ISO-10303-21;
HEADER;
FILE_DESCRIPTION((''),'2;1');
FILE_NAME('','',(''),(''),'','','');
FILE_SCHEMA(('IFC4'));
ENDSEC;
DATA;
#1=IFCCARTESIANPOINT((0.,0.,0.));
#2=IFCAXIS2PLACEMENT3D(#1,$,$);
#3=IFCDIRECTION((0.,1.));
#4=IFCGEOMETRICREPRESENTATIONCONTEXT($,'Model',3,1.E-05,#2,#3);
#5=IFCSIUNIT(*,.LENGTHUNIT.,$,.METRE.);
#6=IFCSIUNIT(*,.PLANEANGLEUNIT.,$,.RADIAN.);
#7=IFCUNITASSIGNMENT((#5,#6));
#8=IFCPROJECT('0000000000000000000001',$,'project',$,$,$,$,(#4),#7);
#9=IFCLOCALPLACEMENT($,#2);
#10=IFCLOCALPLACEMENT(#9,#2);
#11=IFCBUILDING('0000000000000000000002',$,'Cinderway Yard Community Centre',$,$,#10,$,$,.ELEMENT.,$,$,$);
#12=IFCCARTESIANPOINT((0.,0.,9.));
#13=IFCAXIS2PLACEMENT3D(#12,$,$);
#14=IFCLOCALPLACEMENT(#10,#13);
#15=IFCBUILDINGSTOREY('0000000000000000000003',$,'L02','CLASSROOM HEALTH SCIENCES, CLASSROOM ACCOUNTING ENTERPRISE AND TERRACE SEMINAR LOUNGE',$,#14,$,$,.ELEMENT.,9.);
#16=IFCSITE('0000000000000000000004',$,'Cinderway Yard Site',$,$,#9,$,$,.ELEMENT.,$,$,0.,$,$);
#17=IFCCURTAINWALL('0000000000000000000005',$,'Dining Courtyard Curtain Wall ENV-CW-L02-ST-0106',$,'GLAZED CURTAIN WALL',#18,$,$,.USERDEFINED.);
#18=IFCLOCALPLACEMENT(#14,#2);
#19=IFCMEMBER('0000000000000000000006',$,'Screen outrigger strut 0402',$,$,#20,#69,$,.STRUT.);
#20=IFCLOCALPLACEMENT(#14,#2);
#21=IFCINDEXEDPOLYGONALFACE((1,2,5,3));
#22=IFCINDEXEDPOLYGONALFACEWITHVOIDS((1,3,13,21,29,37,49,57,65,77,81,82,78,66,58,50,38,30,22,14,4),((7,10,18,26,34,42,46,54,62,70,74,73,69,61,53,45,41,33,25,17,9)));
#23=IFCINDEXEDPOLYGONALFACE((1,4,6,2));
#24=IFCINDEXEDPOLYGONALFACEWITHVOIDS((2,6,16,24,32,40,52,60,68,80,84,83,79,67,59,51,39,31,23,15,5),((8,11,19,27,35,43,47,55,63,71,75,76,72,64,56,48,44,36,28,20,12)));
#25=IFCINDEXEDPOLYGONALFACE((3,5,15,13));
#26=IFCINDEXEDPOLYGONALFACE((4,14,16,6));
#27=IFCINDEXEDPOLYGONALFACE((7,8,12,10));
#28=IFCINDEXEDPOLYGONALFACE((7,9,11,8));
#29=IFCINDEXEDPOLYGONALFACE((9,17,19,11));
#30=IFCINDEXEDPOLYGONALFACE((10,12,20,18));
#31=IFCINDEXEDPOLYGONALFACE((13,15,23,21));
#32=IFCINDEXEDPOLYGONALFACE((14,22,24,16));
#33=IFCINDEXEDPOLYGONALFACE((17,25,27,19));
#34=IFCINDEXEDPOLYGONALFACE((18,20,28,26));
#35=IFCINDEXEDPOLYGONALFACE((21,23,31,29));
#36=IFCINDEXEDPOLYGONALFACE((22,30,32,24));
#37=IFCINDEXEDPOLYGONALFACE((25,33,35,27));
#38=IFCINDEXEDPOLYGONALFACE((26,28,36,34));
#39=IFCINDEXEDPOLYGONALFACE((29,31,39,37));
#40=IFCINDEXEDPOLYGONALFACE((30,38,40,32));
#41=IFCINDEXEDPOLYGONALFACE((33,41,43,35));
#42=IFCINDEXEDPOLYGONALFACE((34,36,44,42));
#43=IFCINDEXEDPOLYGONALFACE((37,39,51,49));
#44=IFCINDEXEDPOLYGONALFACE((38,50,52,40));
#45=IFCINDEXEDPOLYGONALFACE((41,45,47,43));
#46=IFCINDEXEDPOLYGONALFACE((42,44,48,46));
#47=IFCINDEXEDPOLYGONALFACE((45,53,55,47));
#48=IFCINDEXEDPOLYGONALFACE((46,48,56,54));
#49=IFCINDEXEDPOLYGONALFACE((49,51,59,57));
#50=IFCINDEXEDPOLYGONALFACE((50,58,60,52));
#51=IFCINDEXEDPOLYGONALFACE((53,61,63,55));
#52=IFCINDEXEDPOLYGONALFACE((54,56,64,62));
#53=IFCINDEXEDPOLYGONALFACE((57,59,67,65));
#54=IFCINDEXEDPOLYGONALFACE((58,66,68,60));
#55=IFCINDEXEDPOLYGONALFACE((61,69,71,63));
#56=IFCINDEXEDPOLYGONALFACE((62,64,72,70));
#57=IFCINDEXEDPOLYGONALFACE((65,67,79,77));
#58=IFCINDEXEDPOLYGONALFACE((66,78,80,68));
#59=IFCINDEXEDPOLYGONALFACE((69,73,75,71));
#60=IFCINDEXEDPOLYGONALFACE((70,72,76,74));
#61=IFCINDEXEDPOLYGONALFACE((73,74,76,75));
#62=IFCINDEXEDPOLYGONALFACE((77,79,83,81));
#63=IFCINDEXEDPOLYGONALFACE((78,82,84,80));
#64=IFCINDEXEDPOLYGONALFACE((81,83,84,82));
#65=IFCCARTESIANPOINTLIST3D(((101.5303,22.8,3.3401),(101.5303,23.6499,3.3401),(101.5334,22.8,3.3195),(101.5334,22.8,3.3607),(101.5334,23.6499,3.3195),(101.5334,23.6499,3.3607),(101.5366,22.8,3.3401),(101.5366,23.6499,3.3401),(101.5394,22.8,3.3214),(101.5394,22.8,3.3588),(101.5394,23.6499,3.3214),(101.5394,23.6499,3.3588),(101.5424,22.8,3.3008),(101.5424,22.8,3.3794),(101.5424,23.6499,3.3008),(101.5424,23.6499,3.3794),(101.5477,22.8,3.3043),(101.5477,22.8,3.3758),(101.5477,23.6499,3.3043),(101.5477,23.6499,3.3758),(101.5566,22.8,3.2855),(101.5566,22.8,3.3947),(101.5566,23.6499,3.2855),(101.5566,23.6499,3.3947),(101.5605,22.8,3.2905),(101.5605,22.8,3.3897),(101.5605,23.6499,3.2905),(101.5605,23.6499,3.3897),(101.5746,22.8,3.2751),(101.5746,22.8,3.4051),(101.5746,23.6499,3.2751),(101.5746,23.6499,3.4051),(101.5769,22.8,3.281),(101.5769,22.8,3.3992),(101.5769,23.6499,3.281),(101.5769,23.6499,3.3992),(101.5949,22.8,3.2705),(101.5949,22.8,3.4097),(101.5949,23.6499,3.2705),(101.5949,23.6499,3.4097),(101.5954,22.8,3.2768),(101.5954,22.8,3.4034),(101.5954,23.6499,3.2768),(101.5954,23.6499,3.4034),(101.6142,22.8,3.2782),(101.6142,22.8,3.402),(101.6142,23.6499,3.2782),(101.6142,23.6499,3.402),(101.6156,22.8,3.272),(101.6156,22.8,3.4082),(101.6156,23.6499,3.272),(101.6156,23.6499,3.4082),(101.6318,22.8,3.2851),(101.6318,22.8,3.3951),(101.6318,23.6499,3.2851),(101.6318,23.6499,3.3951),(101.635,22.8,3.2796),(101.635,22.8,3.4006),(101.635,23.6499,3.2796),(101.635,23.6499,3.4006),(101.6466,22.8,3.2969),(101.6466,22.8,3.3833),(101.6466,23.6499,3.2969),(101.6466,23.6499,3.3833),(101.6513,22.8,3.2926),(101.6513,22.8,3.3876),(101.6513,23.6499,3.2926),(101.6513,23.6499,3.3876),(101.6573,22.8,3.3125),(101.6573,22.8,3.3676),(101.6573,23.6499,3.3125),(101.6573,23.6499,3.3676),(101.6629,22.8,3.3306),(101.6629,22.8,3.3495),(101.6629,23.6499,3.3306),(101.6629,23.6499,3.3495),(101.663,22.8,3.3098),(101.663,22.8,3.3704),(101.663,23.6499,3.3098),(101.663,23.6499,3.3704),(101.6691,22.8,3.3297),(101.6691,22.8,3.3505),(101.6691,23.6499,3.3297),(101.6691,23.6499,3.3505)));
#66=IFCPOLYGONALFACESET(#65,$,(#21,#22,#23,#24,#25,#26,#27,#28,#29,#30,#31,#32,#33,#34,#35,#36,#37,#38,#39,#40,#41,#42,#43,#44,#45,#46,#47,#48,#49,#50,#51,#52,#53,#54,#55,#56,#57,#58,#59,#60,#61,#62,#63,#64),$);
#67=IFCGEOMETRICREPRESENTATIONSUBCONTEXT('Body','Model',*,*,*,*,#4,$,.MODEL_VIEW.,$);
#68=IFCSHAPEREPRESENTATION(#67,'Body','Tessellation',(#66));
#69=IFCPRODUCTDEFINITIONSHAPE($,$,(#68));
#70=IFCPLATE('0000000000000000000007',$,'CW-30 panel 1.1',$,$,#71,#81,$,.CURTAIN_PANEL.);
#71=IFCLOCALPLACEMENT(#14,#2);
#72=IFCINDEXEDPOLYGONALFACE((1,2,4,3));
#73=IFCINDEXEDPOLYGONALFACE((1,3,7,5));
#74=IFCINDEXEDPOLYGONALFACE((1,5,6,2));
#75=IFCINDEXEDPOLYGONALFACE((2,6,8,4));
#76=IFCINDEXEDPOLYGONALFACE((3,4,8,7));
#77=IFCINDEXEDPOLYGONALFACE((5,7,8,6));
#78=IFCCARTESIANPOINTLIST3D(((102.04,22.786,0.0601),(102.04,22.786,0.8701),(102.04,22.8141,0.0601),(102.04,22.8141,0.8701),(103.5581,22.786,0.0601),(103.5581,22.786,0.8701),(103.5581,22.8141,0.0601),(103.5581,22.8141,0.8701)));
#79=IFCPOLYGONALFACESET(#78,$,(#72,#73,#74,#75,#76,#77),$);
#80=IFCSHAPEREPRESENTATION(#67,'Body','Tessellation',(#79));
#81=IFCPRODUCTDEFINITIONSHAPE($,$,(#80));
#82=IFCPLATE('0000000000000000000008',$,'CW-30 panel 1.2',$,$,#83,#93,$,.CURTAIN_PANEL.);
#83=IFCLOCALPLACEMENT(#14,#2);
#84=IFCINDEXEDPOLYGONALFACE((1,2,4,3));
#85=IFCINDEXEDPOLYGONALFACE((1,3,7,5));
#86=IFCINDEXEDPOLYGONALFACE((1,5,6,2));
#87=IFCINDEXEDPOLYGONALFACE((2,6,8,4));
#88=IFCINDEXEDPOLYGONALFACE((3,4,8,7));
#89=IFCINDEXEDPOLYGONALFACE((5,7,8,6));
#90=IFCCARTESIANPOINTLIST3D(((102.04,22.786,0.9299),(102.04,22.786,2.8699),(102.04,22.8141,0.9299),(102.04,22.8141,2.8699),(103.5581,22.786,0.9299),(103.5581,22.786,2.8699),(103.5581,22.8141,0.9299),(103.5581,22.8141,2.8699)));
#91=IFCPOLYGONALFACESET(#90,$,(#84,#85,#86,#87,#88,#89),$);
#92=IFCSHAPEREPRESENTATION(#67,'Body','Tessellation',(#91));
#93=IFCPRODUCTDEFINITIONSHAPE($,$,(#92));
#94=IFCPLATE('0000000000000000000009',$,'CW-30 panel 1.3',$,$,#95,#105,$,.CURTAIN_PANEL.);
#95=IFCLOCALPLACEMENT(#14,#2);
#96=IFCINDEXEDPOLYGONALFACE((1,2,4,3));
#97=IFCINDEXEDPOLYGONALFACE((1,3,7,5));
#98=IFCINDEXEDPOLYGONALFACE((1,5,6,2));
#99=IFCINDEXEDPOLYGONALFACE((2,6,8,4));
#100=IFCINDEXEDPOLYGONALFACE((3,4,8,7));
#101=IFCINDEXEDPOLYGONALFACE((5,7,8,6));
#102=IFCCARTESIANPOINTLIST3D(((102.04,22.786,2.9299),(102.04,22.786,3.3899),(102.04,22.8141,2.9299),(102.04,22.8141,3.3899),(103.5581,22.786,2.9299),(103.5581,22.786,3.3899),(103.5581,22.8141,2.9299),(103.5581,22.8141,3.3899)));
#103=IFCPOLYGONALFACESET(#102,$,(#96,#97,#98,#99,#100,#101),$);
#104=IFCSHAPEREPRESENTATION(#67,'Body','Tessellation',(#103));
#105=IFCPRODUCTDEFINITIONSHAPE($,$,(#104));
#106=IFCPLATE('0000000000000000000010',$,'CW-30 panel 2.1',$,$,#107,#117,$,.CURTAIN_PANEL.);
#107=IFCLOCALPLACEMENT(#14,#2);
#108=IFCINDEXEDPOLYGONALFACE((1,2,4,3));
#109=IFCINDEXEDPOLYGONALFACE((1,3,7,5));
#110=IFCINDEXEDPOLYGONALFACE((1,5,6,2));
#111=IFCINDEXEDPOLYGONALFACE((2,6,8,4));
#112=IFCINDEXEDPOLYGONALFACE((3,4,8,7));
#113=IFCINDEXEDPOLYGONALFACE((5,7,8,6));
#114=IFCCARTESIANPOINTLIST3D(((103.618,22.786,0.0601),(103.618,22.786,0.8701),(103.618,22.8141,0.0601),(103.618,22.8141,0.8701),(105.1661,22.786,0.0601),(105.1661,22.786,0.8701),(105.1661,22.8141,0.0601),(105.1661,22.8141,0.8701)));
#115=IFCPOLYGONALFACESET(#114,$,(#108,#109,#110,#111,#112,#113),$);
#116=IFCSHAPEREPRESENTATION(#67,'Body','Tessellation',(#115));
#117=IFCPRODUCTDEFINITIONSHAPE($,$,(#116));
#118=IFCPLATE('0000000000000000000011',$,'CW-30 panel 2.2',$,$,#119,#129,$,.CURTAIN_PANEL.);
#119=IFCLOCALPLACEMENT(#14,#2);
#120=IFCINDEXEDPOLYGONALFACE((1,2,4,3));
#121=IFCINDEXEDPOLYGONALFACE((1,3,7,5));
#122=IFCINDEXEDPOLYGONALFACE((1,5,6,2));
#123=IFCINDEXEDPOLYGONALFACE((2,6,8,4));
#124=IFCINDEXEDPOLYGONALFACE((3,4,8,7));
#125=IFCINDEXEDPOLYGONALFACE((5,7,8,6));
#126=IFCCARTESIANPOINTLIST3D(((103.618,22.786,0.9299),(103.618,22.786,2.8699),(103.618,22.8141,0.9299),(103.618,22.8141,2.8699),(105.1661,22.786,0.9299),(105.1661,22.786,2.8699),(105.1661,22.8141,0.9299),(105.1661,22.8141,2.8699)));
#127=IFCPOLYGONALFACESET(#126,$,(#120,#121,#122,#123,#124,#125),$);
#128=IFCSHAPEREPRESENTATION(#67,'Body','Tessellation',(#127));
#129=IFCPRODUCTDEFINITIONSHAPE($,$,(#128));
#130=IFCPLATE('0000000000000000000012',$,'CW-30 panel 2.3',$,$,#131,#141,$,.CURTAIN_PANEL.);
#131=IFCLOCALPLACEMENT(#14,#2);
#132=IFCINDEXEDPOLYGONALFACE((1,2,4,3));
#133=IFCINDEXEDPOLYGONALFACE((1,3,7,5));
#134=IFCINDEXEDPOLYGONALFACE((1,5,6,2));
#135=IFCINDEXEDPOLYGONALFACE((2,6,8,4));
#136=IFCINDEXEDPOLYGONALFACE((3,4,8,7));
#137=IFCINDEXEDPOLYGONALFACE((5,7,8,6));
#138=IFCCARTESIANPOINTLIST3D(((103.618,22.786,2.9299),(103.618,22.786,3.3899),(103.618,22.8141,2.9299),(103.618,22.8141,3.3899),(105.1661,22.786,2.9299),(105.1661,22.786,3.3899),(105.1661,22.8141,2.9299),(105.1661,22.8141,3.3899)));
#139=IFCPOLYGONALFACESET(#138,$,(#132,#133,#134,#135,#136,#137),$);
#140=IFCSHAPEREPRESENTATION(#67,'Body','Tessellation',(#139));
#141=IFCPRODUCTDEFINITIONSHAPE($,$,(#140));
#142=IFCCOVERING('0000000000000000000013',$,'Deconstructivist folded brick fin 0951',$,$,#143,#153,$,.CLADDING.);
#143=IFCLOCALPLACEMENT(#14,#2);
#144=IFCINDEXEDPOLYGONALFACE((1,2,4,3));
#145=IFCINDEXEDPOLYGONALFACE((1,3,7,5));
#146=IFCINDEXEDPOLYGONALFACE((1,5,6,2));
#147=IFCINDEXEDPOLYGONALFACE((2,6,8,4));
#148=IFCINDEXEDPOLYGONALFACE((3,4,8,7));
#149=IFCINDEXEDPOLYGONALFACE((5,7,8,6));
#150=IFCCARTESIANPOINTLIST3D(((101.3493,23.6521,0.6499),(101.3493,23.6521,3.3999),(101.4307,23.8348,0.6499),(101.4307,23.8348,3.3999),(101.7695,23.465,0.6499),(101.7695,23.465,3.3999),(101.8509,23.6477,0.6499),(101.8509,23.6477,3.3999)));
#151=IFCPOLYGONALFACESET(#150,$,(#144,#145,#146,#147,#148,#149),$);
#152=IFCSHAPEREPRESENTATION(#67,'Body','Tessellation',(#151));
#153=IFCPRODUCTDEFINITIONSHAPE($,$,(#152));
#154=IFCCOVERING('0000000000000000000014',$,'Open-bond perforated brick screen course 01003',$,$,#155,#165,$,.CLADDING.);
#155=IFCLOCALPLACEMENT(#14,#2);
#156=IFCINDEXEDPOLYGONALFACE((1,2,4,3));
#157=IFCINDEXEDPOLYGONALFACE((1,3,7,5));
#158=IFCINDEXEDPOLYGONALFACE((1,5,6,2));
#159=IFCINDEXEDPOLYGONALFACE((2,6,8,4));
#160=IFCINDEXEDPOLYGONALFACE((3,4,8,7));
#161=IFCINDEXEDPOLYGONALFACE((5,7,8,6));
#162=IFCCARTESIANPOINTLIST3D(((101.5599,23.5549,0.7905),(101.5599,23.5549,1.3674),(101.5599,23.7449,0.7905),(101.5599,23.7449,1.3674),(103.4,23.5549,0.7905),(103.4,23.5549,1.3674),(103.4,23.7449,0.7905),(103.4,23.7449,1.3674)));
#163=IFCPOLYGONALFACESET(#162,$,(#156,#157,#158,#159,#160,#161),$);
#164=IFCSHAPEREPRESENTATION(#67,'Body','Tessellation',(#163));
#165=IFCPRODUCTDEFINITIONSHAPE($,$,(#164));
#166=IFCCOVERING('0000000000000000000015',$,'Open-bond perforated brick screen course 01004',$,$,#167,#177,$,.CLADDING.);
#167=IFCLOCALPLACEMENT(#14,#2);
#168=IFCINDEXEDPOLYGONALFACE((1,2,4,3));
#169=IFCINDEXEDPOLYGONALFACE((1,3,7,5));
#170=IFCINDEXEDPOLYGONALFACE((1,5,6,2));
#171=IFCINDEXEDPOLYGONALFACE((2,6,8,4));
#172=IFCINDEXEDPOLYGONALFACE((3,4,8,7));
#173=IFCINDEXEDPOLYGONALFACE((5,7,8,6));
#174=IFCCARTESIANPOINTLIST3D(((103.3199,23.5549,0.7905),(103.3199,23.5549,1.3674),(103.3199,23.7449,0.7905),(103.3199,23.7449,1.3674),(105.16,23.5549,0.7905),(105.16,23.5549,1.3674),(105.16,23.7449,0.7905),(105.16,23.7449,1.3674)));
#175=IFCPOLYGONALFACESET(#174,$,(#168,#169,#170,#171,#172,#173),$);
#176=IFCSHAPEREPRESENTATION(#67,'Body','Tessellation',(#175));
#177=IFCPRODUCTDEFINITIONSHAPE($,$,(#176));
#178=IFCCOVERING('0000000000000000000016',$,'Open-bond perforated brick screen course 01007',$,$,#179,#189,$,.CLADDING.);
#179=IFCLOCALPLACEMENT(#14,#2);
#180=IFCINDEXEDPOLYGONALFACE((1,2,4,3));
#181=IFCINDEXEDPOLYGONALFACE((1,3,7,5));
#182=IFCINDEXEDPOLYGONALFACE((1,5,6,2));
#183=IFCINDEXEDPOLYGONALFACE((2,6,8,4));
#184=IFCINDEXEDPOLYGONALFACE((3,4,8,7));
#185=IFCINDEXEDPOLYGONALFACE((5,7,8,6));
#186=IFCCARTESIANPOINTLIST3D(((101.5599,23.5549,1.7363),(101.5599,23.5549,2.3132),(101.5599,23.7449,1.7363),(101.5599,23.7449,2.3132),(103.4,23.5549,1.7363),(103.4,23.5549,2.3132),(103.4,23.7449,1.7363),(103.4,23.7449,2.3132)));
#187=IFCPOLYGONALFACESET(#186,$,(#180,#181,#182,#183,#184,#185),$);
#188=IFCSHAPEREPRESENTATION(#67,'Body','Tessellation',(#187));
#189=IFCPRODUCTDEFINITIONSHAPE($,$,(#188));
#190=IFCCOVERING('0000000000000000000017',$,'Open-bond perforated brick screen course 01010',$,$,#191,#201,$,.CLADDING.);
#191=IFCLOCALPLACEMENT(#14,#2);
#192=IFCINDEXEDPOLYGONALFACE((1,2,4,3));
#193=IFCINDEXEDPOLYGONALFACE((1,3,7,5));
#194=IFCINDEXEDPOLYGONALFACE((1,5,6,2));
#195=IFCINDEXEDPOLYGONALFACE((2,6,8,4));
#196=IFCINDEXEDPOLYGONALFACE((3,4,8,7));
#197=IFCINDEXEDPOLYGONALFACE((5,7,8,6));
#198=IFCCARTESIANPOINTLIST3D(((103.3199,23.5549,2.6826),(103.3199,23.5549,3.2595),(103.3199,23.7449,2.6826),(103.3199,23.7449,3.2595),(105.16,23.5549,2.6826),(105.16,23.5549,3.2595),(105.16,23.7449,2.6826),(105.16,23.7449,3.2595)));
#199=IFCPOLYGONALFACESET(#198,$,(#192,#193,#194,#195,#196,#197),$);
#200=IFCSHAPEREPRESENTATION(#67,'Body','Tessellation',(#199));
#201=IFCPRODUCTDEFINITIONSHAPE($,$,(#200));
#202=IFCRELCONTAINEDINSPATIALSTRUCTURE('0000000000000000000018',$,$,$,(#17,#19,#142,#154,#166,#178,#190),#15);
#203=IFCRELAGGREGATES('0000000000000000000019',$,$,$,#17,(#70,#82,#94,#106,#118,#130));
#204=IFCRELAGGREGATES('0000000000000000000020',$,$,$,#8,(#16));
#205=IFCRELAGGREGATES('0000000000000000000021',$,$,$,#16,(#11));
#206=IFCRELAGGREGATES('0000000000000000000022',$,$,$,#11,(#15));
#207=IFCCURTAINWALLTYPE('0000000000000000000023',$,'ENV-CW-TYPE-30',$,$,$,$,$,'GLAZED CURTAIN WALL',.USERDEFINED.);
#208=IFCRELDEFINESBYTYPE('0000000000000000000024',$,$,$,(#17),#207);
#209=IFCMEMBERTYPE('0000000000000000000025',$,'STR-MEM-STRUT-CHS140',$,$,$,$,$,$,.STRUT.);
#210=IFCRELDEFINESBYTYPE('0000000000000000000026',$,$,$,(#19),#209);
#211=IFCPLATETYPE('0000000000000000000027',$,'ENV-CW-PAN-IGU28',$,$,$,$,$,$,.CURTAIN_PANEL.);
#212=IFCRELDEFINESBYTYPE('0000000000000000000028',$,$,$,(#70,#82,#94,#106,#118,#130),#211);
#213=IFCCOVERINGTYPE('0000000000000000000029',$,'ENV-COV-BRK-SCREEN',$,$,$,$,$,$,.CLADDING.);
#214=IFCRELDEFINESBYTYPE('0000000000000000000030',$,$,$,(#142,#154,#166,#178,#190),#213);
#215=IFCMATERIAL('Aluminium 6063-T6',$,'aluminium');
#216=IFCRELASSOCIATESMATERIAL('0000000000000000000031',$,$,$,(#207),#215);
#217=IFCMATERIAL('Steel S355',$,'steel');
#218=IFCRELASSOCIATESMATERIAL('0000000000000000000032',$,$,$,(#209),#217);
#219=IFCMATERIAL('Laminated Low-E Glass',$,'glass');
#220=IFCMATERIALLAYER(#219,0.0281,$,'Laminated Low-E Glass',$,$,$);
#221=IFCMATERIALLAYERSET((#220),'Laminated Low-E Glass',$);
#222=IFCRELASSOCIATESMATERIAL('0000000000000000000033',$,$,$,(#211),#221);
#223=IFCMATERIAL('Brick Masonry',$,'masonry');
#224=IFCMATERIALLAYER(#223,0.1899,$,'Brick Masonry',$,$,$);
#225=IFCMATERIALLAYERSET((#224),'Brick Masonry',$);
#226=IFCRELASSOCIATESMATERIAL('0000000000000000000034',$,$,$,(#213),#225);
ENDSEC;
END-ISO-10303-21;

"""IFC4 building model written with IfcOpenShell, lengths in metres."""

from ifc_helpers import new_model, si_unit, direction, frame, origin, origin_2d, place, context, subcontext, project, spatial, rectangle, hollow_circle, extrude, material, layer, layer_set, material_profile, profile_set, type_object, element, aggregate, save


model = new_model("IFC4")

# Units and contexts
model_context = context("Model", 3, precision=1e-05, world=origin(), true_north=direction((0.0, 1.0)))
body_context = subcontext(model_context, "Body", "Model", "MODEL_VIEW")
ifc_project = project(units=[si_unit("LENGTHUNIT", "METRE"), si_unit("PLANEANGLEUNIT", "RADIAN")], contexts=[model_context])

# Site, building, storey
site_placement = place(None, origin())
site = spatial("IfcSite", under=ifc_project, at=site_placement, Name="Cinderway Yard Site", CompositionType="ELEMENT", RefElevation=0.0)
building_placement = place(site_placement, origin())
building = spatial("IfcBuilding", under=site, at=building_placement, Name="Cinderway Yard Community Centre", CompositionType="ELEMENT")
storey_placement = place(building_placement, frame((0.0, 0.0, 9.0)))
storey = spatial("IfcBuildingStorey", under=building, at=storey_placement, Name="L02", Description="CLASSROOM HEALTH SCIENCES, CLASSROOM ACCOUNTING ENTERPRISE AND TERRACE SEMINAR LOUNGE", CompositionType="ELEMENT", Elevation=9.0)

# Curtain wall
ifc_material_1 = material(Name="Aluminium 6063-T6", Category="aluminium")
curtain_wall_type = type_object("IfcCurtainWallType", Name="ENV-CW-TYPE-30", ElementType="GLAZED CURTAIN WALL", PredefinedType="USERDEFINED", material=ifc_material_1)
curtain_wall_placement = place(storey_placement, origin())
curtain_wall = element("IfcCurtainWall", 1, at=curtain_wall_placement, inside=storey, type_object=curtain_wall_type, Name="Dining Courtyard Curtain Wall ENV-CW-L02-ST-0106", ObjectType="GLAZED CURTAIN WALL", PredefinedType="USERDEFINED")

# Member
ifc_material_2 = material(Name="Steel S355", Category="steel")
ifc_material_profile_1 = material_profile(ifc_material_2, hollow_circle(Radius=0.0698, WallThickness=0.0063, at=origin_2d()), Name="Steel S355")
ifc_profile_set_1 = profile_set([ifc_material_profile_1], Name="Steel S355")
member_type_1 = type_object("IfcMemberType", Name="STR-MEM-STRUT-CHS140", PredefinedType="STRUT", material=ifc_profile_set_1)
for number, where, z_axis, x_axis, name in (
    (2, (101.6001, 22.8, 3.3401), (0.0, 1.0, 0.0), (-1.0, 0.0, 0.0), "Screen outrigger strut 0402"),
):
    element("IfcMember", number, at=place(storey_placement, frame(where, z_axis=z_axis, x_axis=x_axis)), inside=storey, type_object=member_type_1, Name=name, PredefinedType="STRUT", context=body_context, shape_type="SweptSolid", body=[
        extrude(hollow_circle(Radius=0.0698, WallThickness=0.0063, at=origin_2d()), origin(), (0.0, 0.0, 1.0), 0.8499),
    ])

# Plates
ifc_material_3 = material(Name="Laminated Low-E Glass", Category="glass")
ifc_layer_1 = layer(ifc_material_3, 0.0281, Name="Laminated Low-E Glass")
ifc_layer_set_1 = layer_set([ifc_layer_1], Name="Laminated Low-E Glass")
plate_type = type_object("IfcPlateType", Name="ENV-CW-PAN-IGU28", PredefinedType="CURTAIN_PANEL", material=ifc_layer_set_1)
plate_1_placement = place(storey_placement, frame((102.7991, 22.8, 0.0601), z_axis=(0.0, 0.0, 1.0), x_axis=(1.0, 0.0, 0.0)))
plate_1 = element("IfcPlate", 3, at=plate_1_placement, type_object=plate_type, Name="CW-30 panel 1.1", PredefinedType="CURTAIN_PANEL", context=body_context, shape_type="SweptSolid", body=[
    extrude(rectangle(XDim=1.5181, YDim=0.0281, at=origin_2d()), origin(), (0.0, 0.0, 1.0), 0.8101),
])
plate_2_placement = place(storey_placement, frame((102.7991, 22.8, 0.9299), z_axis=(0.0, 0.0, 1.0), x_axis=(1.0, 0.0, 0.0)))
plate_2 = element("IfcPlate", 4, at=plate_2_placement, type_object=plate_type, Name="CW-30 panel 1.2", PredefinedType="CURTAIN_PANEL", context=body_context, shape_type="SweptSolid", body=[
    extrude(rectangle(XDim=1.5181, YDim=0.0281, at=origin_2d()), origin(), (0.0, 0.0, 1.0), 1.9399),
])
plate_3_placement = place(storey_placement, frame((102.7991, 22.8, 2.9299), z_axis=(0.0, 0.0, 1.0), x_axis=(1.0, 0.0, 0.0)))
plate_3 = element("IfcPlate", 5, at=plate_3_placement, type_object=plate_type, Name="CW-30 panel 1.3", PredefinedType="CURTAIN_PANEL", context=body_context, shape_type="SweptSolid", body=[
    extrude(rectangle(XDim=1.5181, YDim=0.0281, at=origin_2d()), origin(), (0.0, 0.0, 1.0), 0.46),
])
plate_4_placement = place(storey_placement, frame((104.3921, 22.8, 0.0601), z_axis=(0.0, 0.0, 1.0), x_axis=(1.0, 0.0, 0.0)))
plate_4 = element("IfcPlate", 6, at=plate_4_placement, type_object=plate_type, Name="CW-30 panel 2.1", PredefinedType="CURTAIN_PANEL", context=body_context, shape_type="SweptSolid", body=[
    extrude(rectangle(XDim=1.5481, YDim=0.0281, at=origin_2d()), origin(), (0.0, 0.0, 1.0), 0.8101),
])
plate_5_placement = place(storey_placement, frame((104.3921, 22.8, 0.9299), z_axis=(0.0, 0.0, 1.0), x_axis=(1.0, 0.0, 0.0)))
plate_5 = element("IfcPlate", 7, at=plate_5_placement, type_object=plate_type, Name="CW-30 panel 2.2", PredefinedType="CURTAIN_PANEL", context=body_context, shape_type="SweptSolid", body=[
    extrude(rectangle(XDim=1.5481, YDim=0.0281, at=origin_2d()), origin(), (0.0, 0.0, 1.0), 1.9399),
])
plate_6_placement = place(storey_placement, frame((104.3921, 22.8, 2.9299), z_axis=(0.0, 0.0, 1.0), x_axis=(1.0, 0.0, 0.0)))
plate_6 = element("IfcPlate", 8, at=plate_6_placement, type_object=plate_type, Name="CW-30 panel 2.3", PredefinedType="CURTAIN_PANEL", context=body_context, shape_type="SweptSolid", body=[
    extrude(rectangle(XDim=1.5481, YDim=0.0281, at=origin_2d()), origin(), (0.0, 0.0, 1.0), 0.46),
])
aggregate(curtain_wall, [plate_1, plate_2, plate_3, plate_4, plate_5, plate_6])

# Coverings
ifc_material_4 = material(Name="Brick Masonry", Category="masonry")
ifc_layer_2 = layer(ifc_material_4, 0.1899, Name="Brick Masonry")
ifc_layer_set_2 = layer_set([ifc_layer_2], Name="Brick Masonry")
covering_type = type_object("IfcCoveringType", Name="ENV-COV-BRK-SCREEN", PredefinedType="CLADDING", material=ifc_layer_set_2)
covering_placement = place(storey_placement, frame((101.6001, 23.6499, 0.6499), z_axis=(0.0, 0.0, 1.0), x_axis=(0.913545, -0.406737, 0.0)))
element("IfcCovering", 9, at=covering_placement, inside=storey, type_object=covering_type, Name="Deconstructivist folded brick fin 0951", PredefinedType="CLADDING", context=body_context, shape_type="SweptSolid", body=[
    extrude(rectangle(XDim=0.46, YDim=0.2, at=origin_2d()), origin(), (0.0, 0.0, 1.0), 2.75),
])
for number, where, z_axis, x_axis, name in (
    (10, (102.48, 23.6499, 0.7905), (0.0, 0.0, 1.0), (1.0, 0.0, 0.0), "Open-bond perforated brick screen course 01003"),
    (11, (104.24, 23.6499, 0.7905), (0.0, 0.0, 1.0), (1.0, 0.0, 0.0), "Open-bond perforated brick screen course 01004"),
    (12, (102.48, 23.6499, 1.7363), (0.0, 0.0, 1.0), (1.0, 0.0, 0.0), "Open-bond perforated brick screen course 01007"),
    (13, (104.24, 23.6499, 2.6826), (0.0, 0.0, 1.0), (1.0, 0.0, 0.0), "Open-bond perforated brick screen course 01010"),
):
    element("IfcCovering", number, at=place(storey_placement, frame(where, z_axis=z_axis, x_axis=x_axis)), inside=storey, type_object=covering_type, Name=name, PredefinedType="CLADDING", context=body_context, shape_type="SweptSolid", body=[
        extrude(rectangle(XDim=1.8401, YDim=0.1899, at=origin_2d()), origin(), (0.0, 0.0, 1.0), 0.5769),
    ])

save(model, "model.ifc")
